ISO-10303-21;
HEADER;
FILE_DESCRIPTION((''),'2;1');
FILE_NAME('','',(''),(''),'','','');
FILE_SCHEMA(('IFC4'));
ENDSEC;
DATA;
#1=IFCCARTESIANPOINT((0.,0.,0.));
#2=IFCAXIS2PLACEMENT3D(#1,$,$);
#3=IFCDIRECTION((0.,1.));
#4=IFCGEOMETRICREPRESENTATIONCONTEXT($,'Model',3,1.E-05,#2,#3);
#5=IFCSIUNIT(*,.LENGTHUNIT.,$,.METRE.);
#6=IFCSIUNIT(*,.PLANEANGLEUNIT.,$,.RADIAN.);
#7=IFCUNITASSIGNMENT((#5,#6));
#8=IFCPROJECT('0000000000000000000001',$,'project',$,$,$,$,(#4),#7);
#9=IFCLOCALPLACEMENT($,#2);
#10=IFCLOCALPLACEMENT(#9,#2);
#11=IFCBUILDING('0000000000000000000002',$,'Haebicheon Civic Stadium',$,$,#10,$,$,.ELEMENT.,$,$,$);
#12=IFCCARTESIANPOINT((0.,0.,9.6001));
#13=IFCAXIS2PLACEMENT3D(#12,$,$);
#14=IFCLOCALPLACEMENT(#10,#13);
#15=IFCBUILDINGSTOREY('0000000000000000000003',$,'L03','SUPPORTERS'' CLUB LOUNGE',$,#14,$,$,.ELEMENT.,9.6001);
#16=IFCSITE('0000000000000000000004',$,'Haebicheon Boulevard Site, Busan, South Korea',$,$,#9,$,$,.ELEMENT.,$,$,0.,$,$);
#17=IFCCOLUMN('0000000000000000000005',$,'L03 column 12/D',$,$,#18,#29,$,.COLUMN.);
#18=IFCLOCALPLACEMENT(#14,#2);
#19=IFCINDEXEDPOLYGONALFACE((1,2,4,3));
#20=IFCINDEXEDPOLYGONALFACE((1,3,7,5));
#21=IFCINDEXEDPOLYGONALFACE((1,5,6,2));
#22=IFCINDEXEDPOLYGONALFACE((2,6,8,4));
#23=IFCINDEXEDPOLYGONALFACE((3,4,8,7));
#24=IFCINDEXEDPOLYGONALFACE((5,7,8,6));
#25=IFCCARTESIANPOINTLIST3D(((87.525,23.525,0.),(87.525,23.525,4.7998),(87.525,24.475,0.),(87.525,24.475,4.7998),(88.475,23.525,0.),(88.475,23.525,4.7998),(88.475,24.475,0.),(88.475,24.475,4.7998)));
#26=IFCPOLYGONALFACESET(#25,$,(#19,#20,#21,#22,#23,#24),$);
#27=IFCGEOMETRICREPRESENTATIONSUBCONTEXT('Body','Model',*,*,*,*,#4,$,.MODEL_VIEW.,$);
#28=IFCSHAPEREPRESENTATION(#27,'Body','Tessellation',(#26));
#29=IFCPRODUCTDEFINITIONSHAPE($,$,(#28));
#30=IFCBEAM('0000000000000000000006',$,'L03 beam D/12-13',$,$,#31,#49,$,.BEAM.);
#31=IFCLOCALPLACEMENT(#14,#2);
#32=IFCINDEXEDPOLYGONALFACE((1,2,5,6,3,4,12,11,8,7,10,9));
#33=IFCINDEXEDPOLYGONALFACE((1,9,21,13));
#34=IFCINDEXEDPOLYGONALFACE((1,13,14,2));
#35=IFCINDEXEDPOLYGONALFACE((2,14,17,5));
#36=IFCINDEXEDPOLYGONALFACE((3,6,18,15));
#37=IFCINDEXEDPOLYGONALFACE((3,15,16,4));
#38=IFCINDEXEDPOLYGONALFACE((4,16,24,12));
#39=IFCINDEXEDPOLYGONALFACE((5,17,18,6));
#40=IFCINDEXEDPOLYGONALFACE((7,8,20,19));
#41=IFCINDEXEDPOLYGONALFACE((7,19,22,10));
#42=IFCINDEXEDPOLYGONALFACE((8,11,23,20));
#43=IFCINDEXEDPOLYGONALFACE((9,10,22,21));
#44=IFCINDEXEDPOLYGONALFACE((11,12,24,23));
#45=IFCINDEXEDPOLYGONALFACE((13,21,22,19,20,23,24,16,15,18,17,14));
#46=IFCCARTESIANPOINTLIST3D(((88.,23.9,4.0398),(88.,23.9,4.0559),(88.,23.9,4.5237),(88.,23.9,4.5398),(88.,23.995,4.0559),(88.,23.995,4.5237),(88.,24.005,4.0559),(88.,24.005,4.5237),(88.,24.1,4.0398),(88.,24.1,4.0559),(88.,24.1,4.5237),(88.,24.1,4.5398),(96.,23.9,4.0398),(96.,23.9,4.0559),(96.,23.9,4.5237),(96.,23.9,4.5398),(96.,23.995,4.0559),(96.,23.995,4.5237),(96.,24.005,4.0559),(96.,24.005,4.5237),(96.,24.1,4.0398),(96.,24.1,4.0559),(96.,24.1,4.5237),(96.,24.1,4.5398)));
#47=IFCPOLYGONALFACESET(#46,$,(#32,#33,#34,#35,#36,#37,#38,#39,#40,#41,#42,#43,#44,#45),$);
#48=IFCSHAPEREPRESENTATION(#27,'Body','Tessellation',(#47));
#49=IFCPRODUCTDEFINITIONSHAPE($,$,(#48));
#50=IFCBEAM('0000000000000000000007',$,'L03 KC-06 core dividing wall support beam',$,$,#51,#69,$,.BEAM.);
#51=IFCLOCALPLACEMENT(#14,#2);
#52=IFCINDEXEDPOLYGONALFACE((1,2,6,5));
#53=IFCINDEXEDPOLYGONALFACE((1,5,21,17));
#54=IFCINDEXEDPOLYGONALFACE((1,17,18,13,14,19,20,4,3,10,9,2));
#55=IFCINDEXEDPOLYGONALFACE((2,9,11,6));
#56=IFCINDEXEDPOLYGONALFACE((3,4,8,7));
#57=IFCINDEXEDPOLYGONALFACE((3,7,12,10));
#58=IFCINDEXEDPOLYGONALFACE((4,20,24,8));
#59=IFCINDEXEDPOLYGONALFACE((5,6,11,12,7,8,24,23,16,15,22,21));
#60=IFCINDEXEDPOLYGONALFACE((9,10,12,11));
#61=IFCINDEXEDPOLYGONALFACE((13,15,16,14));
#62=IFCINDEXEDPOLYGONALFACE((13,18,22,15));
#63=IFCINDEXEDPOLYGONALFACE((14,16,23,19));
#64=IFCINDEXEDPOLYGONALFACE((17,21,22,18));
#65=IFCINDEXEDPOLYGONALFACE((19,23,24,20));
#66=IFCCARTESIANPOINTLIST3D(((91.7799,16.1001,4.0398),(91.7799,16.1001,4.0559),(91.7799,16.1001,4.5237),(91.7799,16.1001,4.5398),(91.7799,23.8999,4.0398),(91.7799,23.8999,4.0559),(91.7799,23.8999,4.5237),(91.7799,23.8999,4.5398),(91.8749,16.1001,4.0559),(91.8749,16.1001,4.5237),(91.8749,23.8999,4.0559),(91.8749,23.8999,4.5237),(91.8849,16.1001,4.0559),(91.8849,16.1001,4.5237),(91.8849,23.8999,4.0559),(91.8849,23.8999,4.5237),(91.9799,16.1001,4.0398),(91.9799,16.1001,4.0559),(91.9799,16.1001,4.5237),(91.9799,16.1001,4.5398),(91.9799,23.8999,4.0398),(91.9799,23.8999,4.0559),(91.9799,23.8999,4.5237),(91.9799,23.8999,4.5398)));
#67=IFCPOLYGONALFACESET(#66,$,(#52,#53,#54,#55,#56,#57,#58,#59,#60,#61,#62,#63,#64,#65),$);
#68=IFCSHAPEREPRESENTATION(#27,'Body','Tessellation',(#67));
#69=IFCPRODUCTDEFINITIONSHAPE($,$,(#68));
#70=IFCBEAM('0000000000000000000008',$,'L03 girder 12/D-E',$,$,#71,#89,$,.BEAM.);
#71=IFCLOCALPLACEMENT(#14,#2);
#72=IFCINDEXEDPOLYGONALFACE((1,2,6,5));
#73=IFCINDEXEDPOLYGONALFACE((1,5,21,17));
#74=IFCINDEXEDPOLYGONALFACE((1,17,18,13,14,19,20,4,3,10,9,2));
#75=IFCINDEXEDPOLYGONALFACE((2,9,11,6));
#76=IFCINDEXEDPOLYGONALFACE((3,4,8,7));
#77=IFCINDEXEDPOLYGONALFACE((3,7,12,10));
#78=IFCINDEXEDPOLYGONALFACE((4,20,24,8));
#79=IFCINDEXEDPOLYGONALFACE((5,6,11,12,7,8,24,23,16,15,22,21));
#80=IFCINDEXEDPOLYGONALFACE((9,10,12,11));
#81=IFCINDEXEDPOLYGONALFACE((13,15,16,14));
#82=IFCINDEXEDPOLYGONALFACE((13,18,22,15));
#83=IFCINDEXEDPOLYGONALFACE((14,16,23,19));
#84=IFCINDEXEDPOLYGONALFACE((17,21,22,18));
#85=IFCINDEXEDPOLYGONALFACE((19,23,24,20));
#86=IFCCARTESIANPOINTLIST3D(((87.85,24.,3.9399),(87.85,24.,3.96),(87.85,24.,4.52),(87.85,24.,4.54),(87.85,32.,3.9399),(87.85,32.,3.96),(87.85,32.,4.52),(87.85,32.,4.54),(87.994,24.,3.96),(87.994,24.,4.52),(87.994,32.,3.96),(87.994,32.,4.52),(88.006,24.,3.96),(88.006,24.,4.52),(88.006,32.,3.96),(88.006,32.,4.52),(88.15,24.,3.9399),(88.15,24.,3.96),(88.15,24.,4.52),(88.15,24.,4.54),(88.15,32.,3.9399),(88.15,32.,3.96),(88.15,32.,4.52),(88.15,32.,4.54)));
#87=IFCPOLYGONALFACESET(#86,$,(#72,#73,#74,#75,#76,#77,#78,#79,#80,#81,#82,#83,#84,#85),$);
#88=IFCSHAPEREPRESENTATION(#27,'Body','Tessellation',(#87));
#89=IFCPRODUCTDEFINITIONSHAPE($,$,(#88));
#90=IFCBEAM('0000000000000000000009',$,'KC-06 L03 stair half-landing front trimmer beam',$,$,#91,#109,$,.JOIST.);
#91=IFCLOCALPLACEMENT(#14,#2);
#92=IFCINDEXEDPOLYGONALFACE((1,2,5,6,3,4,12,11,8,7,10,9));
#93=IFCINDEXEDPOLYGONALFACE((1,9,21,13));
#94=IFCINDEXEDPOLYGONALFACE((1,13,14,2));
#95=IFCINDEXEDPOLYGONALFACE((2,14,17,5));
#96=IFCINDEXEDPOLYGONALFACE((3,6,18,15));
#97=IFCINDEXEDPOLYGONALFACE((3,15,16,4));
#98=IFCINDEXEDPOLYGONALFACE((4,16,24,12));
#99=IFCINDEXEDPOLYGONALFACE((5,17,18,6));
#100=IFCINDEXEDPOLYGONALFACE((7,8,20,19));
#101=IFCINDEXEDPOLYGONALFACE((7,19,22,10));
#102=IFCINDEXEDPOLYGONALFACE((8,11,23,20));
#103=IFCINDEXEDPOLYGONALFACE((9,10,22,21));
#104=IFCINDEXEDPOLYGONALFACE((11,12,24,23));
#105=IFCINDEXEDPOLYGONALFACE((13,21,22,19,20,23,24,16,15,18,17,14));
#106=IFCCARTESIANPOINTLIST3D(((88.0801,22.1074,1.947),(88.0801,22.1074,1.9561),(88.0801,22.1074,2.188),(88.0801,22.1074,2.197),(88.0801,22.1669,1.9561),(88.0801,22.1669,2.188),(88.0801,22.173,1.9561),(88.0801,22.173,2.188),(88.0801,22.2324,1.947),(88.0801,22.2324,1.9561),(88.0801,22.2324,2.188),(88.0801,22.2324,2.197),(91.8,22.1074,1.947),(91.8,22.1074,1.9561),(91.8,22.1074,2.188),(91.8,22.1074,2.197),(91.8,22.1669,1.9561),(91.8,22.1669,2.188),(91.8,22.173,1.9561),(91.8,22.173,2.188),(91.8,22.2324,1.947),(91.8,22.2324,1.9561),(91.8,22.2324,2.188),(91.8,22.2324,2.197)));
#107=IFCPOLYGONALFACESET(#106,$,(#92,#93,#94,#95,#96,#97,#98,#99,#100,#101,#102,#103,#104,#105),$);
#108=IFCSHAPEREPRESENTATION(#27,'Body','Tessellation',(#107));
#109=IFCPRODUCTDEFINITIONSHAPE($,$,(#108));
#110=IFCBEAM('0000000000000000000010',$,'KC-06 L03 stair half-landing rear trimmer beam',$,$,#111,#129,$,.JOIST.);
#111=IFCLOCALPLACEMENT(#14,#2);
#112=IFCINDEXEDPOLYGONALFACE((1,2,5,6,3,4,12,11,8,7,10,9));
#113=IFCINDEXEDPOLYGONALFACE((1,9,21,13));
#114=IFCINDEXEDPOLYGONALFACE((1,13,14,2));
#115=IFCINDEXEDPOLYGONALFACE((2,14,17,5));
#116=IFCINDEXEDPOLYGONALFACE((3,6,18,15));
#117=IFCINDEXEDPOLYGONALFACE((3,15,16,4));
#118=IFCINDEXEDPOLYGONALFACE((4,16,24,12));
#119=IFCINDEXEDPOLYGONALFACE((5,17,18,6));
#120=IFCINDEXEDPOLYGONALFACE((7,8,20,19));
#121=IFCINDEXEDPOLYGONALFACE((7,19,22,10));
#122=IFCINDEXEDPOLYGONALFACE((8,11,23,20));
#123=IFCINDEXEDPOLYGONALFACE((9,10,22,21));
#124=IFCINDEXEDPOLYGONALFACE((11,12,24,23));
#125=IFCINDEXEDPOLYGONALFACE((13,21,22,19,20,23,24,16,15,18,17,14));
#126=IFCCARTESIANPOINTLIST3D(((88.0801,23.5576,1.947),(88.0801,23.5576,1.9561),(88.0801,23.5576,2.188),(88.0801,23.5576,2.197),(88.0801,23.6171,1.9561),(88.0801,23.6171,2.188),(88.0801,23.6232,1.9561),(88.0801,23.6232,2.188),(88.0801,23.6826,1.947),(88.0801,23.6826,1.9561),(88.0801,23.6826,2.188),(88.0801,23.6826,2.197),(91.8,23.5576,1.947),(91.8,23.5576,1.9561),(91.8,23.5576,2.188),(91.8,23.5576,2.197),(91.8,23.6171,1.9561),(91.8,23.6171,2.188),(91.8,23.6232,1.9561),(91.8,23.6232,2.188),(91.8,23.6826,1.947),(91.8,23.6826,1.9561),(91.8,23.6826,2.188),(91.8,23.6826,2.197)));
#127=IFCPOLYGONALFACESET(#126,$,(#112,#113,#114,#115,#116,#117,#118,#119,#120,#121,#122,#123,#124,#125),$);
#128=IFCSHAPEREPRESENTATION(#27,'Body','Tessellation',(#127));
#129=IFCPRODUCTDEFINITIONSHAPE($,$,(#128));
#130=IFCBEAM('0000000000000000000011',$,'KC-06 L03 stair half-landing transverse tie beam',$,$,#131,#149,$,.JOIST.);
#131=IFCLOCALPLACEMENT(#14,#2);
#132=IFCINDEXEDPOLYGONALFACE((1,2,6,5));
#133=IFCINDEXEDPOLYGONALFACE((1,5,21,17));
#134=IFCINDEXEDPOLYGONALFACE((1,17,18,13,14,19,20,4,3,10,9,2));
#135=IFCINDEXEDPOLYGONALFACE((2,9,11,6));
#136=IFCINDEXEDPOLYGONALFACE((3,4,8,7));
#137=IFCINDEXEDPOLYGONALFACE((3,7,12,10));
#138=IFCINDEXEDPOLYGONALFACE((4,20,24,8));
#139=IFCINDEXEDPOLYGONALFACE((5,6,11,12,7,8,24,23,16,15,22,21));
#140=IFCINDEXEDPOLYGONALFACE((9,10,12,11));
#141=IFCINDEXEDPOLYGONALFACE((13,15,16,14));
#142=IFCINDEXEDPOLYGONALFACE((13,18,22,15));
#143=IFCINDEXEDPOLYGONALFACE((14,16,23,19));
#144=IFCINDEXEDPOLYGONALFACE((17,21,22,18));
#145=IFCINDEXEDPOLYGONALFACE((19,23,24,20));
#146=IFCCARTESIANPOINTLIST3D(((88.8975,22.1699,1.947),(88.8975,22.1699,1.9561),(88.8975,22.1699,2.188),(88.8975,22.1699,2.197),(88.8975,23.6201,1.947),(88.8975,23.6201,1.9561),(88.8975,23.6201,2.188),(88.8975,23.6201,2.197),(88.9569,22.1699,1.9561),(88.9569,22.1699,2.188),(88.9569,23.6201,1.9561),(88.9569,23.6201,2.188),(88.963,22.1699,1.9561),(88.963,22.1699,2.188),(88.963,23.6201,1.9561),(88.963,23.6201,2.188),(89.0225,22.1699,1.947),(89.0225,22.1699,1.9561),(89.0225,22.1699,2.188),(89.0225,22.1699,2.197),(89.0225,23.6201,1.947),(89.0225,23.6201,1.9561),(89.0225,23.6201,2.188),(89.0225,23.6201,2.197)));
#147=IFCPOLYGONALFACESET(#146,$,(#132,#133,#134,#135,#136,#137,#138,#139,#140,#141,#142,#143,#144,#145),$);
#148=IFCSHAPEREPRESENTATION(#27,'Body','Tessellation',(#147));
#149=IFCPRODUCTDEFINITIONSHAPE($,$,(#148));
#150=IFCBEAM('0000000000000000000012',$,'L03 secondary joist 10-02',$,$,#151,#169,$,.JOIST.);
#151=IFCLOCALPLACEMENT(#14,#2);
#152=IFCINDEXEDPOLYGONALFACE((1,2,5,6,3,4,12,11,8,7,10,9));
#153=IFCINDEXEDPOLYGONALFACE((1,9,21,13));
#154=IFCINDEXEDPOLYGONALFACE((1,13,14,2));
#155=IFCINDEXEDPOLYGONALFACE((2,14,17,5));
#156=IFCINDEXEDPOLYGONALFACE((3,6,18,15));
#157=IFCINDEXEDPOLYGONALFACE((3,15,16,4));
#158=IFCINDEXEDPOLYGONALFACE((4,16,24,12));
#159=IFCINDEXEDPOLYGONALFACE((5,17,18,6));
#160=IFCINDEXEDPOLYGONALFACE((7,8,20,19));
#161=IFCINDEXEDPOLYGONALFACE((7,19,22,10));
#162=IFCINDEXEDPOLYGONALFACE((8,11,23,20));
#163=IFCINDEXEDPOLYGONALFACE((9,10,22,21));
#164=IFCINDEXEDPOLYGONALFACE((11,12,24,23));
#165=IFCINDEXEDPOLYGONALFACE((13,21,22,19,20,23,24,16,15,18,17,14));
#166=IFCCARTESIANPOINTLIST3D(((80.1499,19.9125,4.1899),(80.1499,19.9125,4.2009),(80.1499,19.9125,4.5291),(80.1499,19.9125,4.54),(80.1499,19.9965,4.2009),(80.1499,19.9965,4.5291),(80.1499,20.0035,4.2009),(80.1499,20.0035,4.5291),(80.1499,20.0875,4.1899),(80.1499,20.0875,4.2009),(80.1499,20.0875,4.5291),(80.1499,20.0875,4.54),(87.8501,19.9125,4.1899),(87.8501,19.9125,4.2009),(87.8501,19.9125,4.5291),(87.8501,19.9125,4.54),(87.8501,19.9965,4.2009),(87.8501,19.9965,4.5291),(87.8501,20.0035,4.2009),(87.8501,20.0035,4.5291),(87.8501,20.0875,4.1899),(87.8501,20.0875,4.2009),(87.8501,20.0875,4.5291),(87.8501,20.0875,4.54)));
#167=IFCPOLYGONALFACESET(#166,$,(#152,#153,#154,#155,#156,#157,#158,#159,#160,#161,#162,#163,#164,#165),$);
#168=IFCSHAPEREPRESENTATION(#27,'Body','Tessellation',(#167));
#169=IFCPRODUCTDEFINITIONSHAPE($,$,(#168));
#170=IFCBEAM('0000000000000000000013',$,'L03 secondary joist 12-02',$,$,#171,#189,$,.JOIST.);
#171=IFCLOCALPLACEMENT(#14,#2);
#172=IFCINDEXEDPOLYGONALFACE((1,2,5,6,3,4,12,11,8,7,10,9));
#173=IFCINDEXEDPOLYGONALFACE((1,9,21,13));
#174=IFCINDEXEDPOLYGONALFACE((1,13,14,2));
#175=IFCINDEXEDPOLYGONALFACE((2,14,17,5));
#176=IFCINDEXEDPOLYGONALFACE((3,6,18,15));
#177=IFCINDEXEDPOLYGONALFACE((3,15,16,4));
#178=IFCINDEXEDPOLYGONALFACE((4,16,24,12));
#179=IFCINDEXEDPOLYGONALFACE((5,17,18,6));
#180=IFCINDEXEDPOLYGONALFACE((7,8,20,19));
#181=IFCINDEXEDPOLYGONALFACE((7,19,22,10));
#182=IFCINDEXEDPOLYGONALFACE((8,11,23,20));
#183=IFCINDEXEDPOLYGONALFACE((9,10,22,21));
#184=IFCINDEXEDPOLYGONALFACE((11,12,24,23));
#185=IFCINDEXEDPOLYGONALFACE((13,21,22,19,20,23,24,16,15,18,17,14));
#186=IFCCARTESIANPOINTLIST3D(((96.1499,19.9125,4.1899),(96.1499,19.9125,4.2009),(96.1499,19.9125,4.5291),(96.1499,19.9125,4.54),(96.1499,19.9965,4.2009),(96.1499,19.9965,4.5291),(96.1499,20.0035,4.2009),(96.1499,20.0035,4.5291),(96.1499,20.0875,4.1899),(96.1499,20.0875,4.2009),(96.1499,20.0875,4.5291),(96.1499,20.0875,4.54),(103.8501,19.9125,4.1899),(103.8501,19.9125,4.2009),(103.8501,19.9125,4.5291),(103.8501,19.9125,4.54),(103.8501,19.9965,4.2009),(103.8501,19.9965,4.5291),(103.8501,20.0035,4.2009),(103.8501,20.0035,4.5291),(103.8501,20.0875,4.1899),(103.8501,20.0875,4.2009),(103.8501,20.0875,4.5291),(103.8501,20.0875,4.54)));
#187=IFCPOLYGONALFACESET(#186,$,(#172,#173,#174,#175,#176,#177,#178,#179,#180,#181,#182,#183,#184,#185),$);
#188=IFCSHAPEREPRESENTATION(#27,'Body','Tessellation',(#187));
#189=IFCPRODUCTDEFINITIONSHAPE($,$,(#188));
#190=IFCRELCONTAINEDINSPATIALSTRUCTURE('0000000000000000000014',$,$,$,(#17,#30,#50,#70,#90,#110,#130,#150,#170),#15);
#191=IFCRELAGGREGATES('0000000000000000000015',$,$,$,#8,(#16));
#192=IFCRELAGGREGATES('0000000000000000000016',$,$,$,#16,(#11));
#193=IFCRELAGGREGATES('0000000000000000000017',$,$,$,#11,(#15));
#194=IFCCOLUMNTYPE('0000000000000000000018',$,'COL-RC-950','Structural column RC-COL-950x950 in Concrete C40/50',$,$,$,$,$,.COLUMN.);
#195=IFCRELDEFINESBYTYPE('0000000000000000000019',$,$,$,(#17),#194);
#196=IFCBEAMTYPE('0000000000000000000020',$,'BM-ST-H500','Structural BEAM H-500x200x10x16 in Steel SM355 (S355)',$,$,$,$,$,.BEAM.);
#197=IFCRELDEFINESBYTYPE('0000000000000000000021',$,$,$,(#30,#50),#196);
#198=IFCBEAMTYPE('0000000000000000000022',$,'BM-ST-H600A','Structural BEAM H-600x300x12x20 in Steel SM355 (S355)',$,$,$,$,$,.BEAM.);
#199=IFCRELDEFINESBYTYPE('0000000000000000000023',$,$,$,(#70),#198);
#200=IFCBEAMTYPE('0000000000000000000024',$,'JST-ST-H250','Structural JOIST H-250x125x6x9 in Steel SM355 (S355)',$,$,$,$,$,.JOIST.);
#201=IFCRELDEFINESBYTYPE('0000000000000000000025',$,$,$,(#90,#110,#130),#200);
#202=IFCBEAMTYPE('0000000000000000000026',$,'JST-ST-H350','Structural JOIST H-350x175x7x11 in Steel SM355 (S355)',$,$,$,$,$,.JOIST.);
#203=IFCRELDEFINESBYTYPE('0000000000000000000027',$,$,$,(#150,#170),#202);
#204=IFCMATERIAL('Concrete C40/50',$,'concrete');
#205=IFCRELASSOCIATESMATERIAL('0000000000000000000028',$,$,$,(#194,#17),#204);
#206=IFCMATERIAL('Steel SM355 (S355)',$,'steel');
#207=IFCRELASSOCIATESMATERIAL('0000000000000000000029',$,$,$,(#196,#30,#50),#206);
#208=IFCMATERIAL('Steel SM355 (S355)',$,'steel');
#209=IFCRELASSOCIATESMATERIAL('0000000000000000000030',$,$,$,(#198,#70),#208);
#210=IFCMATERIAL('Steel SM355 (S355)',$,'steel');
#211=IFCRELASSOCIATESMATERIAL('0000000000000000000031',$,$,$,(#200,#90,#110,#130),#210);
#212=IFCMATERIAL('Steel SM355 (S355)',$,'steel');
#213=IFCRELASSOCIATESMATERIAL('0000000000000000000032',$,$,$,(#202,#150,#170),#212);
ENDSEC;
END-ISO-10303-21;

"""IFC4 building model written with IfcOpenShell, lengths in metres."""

from ifc_helpers import new_model, si_unit, direction, frame, origin, origin_2d, place, context, subcontext, project, spatial, rectangle, i_section, extrude, material, material_profile, profile_set, type_object, element, save


model = new_model("IFC4")

# Units and contexts
model_context = context("Model", 3, precision=1e-05, world=origin(), true_north=direction((0.0, 1.0)))
body_context = subcontext(model_context, "Body", "Model", "MODEL_VIEW")
ifc_project = project(units=[si_unit("LENGTHUNIT", "METRE"), si_unit("PLANEANGLEUNIT", "RADIAN")], contexts=[model_context])

# Site, building, storey
site_placement = place(None, origin())
site = spatial("IfcSite", under=ifc_project, at=site_placement, Name="Haebicheon Boulevard Site, Busan, South Korea", CompositionType="ELEMENT", RefElevation=0.0)
building_placement = place(site_placement, origin())
building = spatial("IfcBuilding", under=site, at=building_placement, Name="Haebicheon Civic Stadium", CompositionType="ELEMENT")
storey_placement = place(building_placement, frame((0.0, 0.0, 9.6001)))
storey = spatial("IfcBuildingStorey", under=building, at=storey_placement, Name="L03", Description="SUPPORTERS' CLUB LOUNGE", CompositionType="ELEMENT", Elevation=9.6001)

# Column
ifc_material_1 = material(Name="Concrete C40/50", Category="concrete")
ifc_material_profile_1 = material_profile(ifc_material_1, rectangle(XDim=0.95, YDim=0.95, at=origin_2d()), Name="RC-COL-950x950")
ifc_profile_set_1 = profile_set([ifc_material_profile_1], Name="Concrete C40/50")
column_type = type_object("IfcColumnType", Name="COL-RC-950", Description="Structural column RC-COL-950x950 in Concrete C40/50", PredefinedType="COLUMN", material=ifc_profile_set_1)
column_placement = place(storey_placement, frame((88.0, 24.0, 0.0), z_axis=(0.0, 0.0, 1.0), x_axis=(1.0, 0.0, 0.0)))
element("IfcColumn", 1, at=column_placement, inside=storey, type_object=column_type, material=ifc_profile_set_1, Name="L03 column 12/D", PredefinedType="COLUMN", context=body_context, shape_type="SweptSolid", body=[
    extrude(rectangle(XDim=0.95, YDim=0.95, at=origin_2d()), origin(), (0.0, 0.0, 1.0), 4.7998),
])

# Beams
ifc_material_2 = material(Name="Steel SM355 (S355)", Category="steel")
ifc_material_profile_2 = material_profile(ifc_material_2, i_section(OverallWidth=0.2, OverallDepth=0.5, WebThickness=0.01, FlangeThickness=0.0161, at=origin_2d()), Name="H-500x200x10x16")
ifc_profile_set_2 = profile_set([ifc_material_profile_2], Name="Steel SM355 (S355)")
beam_type_1 = type_object("IfcBeamType", Name="BM-ST-H500", Description="Structural BEAM H-500x200x10x16 in Steel SM355 (S355)", PredefinedType="BEAM", material=ifc_profile_set_2)
beam_1_placement = place(storey_placement, frame((88.0, 24.0, 4.2898), z_axis=(1.0, 0.0, 0.0), x_axis=(0.0, 1.0, 0.0)))
element("IfcBeam", 2, at=beam_1_placement, inside=storey, type_object=beam_type_1, material=ifc_profile_set_2, Name="L03 beam D/12-13", PredefinedType="BEAM", context=body_context, shape_type="SweptSolid", body=[
    extrude(i_section(OverallWidth=0.2, OverallDepth=0.5, WebThickness=0.01, FlangeThickness=0.0161, at=origin_2d()), origin(), (0.0, 0.0, 1.0), 8.0),
])
beam_2_placement = place(storey_placement, frame((91.8799, 16.1001, 4.2898), z_axis=(0.0, 1.0, 0.0), x_axis=(-1.0, 0.0, 0.0)))
element("IfcBeam", 3, at=beam_2_placement, inside=storey, type_object=beam_type_1, material=ifc_profile_set_2, Name="L03 KC-06 core dividing wall support beam", PredefinedType="BEAM", context=body_context, shape_type="SweptSolid", body=[
    extrude(i_section(OverallWidth=0.2, OverallDepth=0.5, WebThickness=0.01, FlangeThickness=0.0161, at=origin_2d()), origin(), (0.0, 0.0, 1.0), 7.7998),
])
ifc_material_3 = material(Name="Steel SM355 (S355)", Category="steel")
ifc_material_profile_3 = material_profile(ifc_material_3, i_section(OverallWidth=0.3, OverallDepth=0.6001, WebThickness=0.012, FlangeThickness=0.02, at=origin_2d()), Name="H-600x300x12x20")
ifc_profile_set_3 = profile_set([ifc_material_profile_3], Name="Steel SM355 (S355)")
beam_type_2 = type_object("IfcBeamType", Name="BM-ST-H600A", Description="Structural BEAM H-600x300x12x20 in Steel SM355 (S355)", PredefinedType="BEAM", material=ifc_profile_set_3)
beam_3_placement = place(storey_placement, frame((88.0, 24.0, 4.24), z_axis=(0.0, 1.0, 0.0), x_axis=(-1.0, 0.0, 0.0)))
element("IfcBeam", 4, at=beam_3_placement, inside=storey, type_object=beam_type_2, material=ifc_profile_set_3, Name="L03 girder 12/D-E", PredefinedType="BEAM", context=body_context, shape_type="SweptSolid", body=[
    extrude(i_section(OverallWidth=0.3, OverallDepth=0.6001, WebThickness=0.012, FlangeThickness=0.02, at=origin_2d()), origin(), (0.0, 0.0, 1.0), 8.0),
])
ifc_material_4 = material(Name="Steel SM355 (S355)", Category="steel")
ifc_material_profile_4 = material_profile(ifc_material_4, i_section(OverallWidth=0.125, OverallDepth=0.25, WebThickness=0.0061, FlangeThickness=0.009, at=origin_2d()), Name="H-250x125x6x9")
ifc_profile_set_4 = profile_set([ifc_material_profile_4], Name="Steel SM355 (S355)")
beam_type_3 = type_object("IfcBeamType", Name="JST-ST-H250", Description="Structural JOIST H-250x125x6x9 in Steel SM355 (S355)", PredefinedType="JOIST", material=ifc_profile_set_4)
for number, where, z_axis, x_axis, name in (
    (5, (88.0801, 22.1699, 2.072), (1.0, 0.0, 0.0), (0.0, 1.0, 0.0), "KC-06 L03 stair half-landing front trimmer beam"),
    (6, (88.0801, 23.6201, 2.072), (1.0, 0.0, 0.0), (0.0, 1.0, 0.0), "KC-06 L03 stair half-landing rear trimmer beam"),
):
    element("IfcBeam", number, at=place(storey_placement, frame(where, z_axis=z_axis, x_axis=x_axis)), inside=storey, type_object=beam_type_3, material=ifc_profile_set_4, Name=name, PredefinedType="JOIST", context=body_context, shape_type="SweptSolid", body=[
        extrude(i_section(OverallWidth=0.125, OverallDepth=0.25, WebThickness=0.0061, FlangeThickness=0.009, at=origin_2d()), origin(), (0.0, 0.0, 1.0), 3.72),
    ])
beam_4_placement = place(storey_placement, frame((88.96, 22.1699, 2.072), z_axis=(0.0, 1.0, 0.0), x_axis=(-1.0, 0.0, 0.0)))
element("IfcBeam", 7, at=beam_4_placement, inside=storey, type_object=beam_type_3, material=ifc_profile_set_4, Name="KC-06 L03 stair half-landing transverse tie beam", PredefinedType="JOIST", context=body_context, shape_type="SweptSolid", body=[
    extrude(i_section(OverallWidth=0.125, OverallDepth=0.25, WebThickness=0.0061, FlangeThickness=0.009, at=origin_2d()), origin(), (0.0, 0.0, 1.0), 1.4502),
])
ifc_material_5 = material(Name="Steel SM355 (S355)", Category="steel")
ifc_material_profile_5 = material_profile(ifc_material_5, i_section(OverallWidth=0.175, OverallDepth=0.3501, WebThickness=0.0071, FlangeThickness=0.011, at=origin_2d()), Name="H-350x175x7x11")
ifc_profile_set_5 = profile_set([ifc_material_profile_5], Name="Steel SM355 (S355)")
beam_type_4 = type_object("IfcBeamType", Name="JST-ST-H350", Description="Structural JOIST H-350x175x7x11 in Steel SM355 (S355)", PredefinedType="JOIST", material=ifc_profile_set_5)
for number, where, z_axis, x_axis, name in (
    (8, (80.1499, 20.0, 4.365), (1.0, 0.0, 0.0), (0.0, 1.0, 0.0), "L03 secondary joist 10-02"),
    (9, (96.1499, 20.0, 4.365), (1.0, 0.0, 0.0), (0.0, 1.0, 0.0), "L03 secondary joist 12-02"),
):
    element("IfcBeam", number, at=place(storey_placement, frame(where, z_axis=z_axis, x_axis=x_axis)), inside=storey, type_object=beam_type_4, material=ifc_profile_set_5, Name=name, PredefinedType="JOIST", context=body_context, shape_type="SweptSolid", body=[
        extrude(i_section(OverallWidth=0.175, OverallDepth=0.3501, WebThickness=0.0071, FlangeThickness=0.011, at=origin_2d()), origin(), (0.0, 0.0, 1.0), 7.7002),
    ])

save(model, "model.ifc")
